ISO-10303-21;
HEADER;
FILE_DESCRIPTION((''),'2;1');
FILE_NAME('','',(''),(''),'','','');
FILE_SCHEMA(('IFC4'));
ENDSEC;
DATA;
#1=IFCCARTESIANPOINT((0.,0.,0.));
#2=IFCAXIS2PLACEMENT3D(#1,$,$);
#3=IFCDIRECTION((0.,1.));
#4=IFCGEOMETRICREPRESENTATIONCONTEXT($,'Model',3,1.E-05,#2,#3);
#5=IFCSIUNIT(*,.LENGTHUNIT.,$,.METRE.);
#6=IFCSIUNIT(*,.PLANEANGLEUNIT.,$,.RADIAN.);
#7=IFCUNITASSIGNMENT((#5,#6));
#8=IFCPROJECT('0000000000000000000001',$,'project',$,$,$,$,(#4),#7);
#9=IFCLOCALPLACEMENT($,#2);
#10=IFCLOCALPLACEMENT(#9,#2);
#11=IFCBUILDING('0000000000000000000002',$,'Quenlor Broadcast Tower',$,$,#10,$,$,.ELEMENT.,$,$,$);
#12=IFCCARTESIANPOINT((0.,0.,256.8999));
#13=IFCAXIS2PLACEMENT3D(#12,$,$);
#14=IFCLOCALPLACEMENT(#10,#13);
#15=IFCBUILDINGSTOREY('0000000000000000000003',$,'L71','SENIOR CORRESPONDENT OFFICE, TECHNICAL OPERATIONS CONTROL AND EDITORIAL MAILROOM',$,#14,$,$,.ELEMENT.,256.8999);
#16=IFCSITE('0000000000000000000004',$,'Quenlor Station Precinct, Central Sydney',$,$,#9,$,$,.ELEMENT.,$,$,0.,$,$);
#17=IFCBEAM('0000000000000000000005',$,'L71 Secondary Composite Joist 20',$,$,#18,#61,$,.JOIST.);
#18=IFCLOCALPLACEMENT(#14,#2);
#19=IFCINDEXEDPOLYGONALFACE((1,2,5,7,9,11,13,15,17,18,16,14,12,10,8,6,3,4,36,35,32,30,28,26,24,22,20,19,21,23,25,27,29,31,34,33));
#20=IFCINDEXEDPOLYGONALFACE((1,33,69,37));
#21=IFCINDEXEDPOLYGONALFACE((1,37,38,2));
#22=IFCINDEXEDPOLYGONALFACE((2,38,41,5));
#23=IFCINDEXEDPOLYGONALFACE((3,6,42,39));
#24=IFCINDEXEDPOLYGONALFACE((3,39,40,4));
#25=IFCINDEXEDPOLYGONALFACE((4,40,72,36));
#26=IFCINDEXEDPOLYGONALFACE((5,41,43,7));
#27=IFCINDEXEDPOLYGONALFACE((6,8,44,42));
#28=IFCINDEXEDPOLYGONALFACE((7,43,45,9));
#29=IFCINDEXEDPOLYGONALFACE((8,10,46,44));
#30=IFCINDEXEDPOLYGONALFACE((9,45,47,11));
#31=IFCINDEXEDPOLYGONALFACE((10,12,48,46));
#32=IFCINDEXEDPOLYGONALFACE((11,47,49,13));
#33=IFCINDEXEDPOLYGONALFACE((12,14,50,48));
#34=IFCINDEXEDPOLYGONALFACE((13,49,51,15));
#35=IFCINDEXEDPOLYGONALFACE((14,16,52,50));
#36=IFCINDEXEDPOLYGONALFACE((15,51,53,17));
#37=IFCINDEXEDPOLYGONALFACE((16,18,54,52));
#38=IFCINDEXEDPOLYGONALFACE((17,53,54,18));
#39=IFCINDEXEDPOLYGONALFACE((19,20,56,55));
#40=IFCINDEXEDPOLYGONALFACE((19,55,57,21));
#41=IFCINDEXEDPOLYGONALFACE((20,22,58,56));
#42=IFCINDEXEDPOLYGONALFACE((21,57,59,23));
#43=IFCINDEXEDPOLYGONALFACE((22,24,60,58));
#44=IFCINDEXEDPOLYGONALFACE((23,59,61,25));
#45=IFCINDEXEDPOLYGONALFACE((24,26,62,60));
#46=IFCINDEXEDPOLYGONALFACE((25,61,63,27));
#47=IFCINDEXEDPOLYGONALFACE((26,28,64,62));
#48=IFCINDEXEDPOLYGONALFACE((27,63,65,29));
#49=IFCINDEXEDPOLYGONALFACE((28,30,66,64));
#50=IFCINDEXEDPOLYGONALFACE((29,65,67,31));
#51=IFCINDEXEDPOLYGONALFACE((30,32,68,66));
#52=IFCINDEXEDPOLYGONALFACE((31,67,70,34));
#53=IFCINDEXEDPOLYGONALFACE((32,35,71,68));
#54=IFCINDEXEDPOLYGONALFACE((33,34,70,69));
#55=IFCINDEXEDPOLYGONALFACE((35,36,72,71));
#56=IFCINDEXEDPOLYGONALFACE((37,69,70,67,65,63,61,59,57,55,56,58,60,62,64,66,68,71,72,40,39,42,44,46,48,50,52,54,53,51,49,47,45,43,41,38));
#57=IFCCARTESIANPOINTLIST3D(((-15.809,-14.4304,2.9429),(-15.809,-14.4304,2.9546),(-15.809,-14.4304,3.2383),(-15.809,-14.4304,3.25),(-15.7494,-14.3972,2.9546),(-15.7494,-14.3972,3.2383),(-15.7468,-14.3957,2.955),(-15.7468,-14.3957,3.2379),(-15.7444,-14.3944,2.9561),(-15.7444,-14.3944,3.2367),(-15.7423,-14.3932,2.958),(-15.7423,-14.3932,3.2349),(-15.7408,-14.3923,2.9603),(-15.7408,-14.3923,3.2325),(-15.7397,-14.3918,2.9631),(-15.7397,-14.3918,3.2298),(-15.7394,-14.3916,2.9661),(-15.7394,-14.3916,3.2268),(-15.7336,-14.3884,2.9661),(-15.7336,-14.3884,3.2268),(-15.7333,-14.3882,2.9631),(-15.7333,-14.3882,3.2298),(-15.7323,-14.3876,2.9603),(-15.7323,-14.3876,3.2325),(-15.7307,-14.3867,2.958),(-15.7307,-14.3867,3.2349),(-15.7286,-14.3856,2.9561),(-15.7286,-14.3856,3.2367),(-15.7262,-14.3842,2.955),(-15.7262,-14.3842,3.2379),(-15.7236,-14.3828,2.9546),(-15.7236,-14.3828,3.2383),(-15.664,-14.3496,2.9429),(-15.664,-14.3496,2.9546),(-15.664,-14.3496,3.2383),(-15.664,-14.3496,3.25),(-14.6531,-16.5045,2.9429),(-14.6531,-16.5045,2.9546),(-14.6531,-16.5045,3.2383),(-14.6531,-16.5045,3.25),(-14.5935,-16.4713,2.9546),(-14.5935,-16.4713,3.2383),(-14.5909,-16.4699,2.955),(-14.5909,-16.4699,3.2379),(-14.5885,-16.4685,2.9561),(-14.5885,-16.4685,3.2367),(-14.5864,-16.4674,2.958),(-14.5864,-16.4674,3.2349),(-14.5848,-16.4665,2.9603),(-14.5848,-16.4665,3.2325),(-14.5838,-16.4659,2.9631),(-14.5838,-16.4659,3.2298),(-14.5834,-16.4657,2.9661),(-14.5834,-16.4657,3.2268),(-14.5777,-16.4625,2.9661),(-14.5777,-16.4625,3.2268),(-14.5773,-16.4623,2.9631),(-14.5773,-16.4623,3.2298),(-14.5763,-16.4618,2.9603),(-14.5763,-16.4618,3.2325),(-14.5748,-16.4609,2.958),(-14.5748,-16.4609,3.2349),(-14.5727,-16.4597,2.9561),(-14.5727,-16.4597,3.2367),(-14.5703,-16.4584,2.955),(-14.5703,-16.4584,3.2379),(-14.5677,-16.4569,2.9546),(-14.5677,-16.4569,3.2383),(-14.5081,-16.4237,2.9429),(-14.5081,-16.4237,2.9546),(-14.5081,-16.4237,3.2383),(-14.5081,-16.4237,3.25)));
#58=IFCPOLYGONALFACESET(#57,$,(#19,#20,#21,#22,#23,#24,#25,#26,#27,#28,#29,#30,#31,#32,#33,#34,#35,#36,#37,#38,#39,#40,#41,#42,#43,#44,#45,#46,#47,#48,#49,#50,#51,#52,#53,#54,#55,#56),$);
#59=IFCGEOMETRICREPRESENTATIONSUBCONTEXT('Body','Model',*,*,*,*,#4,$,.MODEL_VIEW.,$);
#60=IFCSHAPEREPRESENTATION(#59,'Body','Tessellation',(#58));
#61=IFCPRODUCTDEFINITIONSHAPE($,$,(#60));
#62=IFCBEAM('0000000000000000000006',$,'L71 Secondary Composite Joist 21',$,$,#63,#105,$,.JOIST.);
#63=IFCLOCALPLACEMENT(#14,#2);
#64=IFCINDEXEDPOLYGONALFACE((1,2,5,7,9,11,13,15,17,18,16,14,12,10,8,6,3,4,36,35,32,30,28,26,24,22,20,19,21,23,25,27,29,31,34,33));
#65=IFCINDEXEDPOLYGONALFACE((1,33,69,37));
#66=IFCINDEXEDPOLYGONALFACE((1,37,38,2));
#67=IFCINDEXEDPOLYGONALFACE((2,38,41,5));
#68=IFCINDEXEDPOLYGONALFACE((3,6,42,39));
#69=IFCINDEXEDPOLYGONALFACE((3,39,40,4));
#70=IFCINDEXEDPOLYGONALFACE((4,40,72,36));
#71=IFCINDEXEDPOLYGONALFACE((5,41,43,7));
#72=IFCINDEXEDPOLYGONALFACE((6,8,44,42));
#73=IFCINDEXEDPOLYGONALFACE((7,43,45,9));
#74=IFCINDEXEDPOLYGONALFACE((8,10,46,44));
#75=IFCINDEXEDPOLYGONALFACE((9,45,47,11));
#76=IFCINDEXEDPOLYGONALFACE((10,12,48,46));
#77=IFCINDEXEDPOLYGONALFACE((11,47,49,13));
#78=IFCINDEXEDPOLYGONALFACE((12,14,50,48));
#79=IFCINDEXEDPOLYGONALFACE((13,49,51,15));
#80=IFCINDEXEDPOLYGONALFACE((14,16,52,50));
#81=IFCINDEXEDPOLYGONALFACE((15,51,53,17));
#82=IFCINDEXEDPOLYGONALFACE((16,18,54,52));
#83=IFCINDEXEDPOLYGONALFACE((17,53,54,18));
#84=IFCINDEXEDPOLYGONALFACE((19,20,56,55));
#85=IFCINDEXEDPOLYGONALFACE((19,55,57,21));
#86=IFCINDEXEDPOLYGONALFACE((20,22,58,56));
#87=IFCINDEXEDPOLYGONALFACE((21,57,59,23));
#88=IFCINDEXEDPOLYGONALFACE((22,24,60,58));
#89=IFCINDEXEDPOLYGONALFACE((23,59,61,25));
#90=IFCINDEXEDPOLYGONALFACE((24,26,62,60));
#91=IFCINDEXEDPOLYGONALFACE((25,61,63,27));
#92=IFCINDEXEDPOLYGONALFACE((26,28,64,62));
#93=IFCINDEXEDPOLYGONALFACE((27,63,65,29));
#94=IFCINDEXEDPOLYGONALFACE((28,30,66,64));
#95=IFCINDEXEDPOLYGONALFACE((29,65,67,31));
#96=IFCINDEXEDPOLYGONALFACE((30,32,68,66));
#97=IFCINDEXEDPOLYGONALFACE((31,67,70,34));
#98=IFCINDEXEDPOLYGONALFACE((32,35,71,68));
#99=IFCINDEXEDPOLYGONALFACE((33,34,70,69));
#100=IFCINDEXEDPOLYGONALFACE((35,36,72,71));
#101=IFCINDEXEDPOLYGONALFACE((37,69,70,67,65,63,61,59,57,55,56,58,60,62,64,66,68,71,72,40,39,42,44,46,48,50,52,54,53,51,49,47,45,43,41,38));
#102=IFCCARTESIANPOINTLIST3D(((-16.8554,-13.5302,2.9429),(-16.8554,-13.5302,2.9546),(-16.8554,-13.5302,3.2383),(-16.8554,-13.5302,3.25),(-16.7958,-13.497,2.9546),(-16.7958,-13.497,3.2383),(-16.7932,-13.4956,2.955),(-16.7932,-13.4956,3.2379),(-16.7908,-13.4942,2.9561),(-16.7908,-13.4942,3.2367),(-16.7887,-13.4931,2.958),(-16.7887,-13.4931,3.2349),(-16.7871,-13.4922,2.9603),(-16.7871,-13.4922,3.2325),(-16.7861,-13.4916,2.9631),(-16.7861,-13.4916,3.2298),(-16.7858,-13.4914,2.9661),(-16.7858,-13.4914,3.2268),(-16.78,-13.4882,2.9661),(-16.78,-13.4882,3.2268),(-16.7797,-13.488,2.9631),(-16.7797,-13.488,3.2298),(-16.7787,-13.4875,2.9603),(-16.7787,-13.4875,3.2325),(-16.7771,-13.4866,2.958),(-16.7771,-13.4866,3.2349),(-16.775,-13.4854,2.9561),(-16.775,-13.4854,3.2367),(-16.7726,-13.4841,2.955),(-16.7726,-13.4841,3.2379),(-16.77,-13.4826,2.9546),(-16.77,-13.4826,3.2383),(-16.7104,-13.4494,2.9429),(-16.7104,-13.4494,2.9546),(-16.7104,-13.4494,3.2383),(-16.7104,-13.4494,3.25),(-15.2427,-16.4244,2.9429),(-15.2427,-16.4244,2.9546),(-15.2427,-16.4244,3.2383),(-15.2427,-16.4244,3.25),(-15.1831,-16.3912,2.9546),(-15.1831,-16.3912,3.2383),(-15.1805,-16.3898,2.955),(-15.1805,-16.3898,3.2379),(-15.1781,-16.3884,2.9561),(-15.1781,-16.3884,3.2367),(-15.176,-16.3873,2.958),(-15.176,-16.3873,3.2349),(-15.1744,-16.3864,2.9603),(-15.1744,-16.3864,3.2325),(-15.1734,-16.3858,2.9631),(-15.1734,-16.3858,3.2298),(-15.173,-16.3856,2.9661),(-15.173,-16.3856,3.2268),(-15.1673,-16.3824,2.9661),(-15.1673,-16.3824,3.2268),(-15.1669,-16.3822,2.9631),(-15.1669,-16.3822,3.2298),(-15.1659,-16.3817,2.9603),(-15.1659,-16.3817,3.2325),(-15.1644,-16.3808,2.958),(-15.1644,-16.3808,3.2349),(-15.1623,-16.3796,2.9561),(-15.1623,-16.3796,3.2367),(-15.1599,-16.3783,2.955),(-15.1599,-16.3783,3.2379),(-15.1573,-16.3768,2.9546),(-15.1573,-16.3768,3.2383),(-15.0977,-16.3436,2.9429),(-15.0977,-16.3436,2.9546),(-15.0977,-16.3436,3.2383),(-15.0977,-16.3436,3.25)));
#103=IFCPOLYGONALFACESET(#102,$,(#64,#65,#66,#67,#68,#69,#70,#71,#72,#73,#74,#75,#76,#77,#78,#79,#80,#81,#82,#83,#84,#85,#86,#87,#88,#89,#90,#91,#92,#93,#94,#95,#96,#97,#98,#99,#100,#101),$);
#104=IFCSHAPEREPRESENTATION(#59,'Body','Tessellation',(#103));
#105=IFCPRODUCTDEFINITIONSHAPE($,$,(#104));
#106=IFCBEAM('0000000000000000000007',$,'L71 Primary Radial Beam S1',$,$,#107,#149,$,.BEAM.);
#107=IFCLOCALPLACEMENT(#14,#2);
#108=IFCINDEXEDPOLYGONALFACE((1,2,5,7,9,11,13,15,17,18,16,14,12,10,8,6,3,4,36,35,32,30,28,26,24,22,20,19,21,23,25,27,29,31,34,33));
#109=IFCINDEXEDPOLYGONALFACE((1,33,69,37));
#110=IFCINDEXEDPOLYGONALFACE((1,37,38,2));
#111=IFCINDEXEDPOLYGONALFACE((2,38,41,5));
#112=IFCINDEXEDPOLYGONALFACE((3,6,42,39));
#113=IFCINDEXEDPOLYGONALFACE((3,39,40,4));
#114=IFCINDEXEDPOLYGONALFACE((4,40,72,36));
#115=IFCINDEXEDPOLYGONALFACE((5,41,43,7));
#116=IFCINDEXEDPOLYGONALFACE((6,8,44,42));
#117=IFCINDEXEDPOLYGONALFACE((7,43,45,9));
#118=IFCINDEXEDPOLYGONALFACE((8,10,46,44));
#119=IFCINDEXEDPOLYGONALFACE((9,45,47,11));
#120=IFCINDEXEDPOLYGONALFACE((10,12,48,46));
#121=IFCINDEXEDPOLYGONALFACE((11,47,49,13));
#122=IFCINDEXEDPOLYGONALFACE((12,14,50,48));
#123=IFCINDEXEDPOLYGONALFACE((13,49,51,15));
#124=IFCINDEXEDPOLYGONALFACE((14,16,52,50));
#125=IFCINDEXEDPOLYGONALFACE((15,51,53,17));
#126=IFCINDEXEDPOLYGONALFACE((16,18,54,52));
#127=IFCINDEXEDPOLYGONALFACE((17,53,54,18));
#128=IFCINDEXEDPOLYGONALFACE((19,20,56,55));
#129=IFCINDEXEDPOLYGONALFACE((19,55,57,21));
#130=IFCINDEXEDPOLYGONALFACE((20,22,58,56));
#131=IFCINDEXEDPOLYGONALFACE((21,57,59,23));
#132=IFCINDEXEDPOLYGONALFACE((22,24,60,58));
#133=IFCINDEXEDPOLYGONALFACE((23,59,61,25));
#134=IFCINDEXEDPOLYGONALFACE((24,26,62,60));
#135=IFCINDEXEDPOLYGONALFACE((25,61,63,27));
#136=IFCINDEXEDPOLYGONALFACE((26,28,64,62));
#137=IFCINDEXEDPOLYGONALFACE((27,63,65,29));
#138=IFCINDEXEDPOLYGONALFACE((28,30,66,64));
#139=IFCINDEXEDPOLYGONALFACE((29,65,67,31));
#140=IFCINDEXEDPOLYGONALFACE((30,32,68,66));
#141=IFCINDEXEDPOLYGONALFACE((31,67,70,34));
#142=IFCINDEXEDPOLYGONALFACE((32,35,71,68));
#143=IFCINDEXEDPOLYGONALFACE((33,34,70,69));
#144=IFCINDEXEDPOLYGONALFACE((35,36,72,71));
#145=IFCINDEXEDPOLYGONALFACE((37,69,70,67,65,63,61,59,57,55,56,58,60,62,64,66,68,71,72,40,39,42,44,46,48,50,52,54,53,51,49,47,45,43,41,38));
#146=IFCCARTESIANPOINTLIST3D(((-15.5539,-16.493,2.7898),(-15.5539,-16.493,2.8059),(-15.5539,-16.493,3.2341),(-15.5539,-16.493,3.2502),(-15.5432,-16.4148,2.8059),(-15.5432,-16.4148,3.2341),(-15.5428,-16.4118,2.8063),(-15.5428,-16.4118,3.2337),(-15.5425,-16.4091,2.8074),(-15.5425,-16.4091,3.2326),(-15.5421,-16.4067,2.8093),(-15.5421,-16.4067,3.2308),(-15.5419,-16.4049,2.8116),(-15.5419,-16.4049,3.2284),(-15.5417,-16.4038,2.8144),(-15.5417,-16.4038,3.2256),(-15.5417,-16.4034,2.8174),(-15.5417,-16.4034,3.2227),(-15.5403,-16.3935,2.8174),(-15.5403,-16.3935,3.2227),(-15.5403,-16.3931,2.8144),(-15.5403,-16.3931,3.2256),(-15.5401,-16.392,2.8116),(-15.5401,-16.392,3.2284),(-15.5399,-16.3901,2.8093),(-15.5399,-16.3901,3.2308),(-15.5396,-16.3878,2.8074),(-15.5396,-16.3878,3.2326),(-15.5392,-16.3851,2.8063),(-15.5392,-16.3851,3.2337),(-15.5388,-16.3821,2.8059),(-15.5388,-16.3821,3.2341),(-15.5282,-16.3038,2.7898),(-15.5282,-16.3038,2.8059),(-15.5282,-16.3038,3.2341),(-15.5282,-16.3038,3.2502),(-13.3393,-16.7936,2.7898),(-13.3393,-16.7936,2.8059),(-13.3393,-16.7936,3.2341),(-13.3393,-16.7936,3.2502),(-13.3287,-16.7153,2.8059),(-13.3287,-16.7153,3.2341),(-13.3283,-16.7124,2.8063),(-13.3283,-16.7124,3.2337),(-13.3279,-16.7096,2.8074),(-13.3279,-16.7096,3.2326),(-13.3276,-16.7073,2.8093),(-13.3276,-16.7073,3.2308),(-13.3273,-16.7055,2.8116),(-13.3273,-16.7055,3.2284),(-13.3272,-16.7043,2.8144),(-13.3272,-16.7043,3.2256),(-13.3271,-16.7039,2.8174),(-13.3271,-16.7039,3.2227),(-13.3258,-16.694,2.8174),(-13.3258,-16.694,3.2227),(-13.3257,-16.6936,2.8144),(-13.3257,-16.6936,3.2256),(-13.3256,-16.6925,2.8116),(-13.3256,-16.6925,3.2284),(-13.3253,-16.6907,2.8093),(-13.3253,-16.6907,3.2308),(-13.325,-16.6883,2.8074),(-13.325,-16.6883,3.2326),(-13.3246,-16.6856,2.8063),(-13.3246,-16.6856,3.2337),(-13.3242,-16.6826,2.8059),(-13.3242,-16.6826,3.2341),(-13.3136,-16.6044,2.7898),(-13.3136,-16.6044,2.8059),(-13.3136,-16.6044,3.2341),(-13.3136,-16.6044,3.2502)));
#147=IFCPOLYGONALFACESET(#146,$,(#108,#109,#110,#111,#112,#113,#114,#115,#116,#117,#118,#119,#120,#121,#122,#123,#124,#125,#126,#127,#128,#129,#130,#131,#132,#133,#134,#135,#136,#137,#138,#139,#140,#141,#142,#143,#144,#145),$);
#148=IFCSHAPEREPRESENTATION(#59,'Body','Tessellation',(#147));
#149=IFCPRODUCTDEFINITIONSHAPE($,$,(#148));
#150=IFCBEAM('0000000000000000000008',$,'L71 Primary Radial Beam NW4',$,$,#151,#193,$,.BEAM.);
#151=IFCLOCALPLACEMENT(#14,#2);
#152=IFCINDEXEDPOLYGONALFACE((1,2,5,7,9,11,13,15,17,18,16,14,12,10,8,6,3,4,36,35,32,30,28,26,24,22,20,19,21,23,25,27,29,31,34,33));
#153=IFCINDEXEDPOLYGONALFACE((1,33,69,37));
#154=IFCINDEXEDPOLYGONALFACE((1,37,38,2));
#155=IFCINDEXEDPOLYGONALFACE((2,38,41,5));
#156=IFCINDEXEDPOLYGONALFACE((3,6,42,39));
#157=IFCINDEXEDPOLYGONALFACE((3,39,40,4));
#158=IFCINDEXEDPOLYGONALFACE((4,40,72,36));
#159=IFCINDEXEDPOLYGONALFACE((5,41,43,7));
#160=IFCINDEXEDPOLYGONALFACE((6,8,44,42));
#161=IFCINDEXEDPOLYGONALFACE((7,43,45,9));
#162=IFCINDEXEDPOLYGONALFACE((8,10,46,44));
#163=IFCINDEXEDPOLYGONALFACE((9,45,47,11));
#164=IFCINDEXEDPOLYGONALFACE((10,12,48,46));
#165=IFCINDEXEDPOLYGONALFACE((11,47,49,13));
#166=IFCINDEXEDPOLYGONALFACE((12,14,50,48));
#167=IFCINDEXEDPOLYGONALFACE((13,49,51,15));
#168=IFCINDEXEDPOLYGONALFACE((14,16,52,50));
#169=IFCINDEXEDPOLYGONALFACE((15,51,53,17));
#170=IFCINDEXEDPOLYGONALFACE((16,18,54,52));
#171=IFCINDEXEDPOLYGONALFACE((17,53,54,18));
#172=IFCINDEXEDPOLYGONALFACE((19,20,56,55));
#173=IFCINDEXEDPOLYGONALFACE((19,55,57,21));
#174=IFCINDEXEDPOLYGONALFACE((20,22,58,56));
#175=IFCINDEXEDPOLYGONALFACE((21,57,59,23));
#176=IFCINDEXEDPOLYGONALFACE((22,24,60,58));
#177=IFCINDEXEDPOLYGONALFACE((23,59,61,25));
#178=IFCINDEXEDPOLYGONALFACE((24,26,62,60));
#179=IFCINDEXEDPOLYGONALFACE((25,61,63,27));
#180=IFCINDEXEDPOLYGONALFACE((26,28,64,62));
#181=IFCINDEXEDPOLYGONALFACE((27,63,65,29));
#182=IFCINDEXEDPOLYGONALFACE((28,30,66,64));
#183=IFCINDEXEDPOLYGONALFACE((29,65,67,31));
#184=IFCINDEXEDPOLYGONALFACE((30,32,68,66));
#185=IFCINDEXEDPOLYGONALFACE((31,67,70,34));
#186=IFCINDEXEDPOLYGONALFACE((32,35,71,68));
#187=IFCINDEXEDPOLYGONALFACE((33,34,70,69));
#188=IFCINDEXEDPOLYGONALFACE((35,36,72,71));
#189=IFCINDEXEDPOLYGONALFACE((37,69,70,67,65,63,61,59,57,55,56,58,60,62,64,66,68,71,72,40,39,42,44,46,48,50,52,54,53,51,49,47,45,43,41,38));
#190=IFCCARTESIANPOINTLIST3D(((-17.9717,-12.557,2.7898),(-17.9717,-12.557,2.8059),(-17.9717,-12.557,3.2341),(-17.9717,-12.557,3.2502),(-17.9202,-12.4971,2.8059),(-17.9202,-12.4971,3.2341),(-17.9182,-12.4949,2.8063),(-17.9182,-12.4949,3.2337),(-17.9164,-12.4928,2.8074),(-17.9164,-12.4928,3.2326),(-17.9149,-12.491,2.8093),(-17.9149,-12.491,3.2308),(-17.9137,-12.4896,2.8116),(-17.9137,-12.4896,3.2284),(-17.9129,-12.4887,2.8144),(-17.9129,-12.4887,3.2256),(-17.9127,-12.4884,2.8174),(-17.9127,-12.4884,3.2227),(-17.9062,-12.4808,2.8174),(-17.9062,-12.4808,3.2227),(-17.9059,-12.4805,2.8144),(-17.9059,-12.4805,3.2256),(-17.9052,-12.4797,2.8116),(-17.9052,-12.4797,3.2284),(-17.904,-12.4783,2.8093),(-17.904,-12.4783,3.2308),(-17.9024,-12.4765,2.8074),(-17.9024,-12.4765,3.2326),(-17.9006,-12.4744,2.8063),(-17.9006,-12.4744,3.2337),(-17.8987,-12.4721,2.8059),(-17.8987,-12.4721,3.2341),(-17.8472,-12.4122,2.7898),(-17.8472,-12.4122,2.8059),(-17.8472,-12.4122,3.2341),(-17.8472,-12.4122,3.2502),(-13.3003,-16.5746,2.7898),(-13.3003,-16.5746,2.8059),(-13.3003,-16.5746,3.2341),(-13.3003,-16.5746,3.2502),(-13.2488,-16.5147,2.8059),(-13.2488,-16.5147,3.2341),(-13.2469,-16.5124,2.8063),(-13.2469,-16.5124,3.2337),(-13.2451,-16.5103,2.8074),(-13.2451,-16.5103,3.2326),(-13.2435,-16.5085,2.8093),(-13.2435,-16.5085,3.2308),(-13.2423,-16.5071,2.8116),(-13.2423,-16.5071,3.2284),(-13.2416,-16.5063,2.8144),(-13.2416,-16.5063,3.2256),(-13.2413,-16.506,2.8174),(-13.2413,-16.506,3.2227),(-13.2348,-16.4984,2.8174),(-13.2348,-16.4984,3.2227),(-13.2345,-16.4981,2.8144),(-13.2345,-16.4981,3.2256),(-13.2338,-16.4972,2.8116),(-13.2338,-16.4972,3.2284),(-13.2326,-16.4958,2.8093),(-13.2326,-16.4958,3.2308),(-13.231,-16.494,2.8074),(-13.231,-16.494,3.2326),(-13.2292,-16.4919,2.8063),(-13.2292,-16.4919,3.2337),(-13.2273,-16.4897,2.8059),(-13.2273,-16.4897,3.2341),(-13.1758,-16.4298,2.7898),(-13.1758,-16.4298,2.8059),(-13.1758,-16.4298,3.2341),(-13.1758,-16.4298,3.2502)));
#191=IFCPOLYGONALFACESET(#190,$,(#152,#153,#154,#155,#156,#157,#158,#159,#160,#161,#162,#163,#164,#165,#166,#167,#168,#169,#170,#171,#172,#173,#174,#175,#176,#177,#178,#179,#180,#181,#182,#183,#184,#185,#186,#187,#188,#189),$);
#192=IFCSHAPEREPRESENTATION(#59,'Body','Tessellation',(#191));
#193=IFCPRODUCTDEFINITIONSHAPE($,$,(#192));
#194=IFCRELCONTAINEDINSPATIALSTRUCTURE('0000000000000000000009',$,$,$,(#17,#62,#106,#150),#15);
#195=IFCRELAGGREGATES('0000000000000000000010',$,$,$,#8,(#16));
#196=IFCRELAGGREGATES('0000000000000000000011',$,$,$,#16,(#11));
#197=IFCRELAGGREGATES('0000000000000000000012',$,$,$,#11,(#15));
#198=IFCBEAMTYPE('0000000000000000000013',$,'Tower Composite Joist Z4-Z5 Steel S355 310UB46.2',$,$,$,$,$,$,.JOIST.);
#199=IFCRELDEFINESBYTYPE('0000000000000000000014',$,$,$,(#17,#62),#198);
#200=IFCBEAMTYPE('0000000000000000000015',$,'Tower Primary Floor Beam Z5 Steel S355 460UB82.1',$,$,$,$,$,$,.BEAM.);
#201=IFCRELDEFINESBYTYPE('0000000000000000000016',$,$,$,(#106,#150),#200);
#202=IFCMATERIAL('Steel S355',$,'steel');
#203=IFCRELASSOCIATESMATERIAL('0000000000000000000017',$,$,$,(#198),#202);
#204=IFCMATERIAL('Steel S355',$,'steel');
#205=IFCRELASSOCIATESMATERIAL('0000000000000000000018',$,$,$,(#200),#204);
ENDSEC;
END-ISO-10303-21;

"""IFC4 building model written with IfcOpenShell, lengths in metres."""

from ifc_helpers import new_model, si_unit, direction, frame, origin, origin_2d, place, context, subcontext, project, spatial, i_section, extrude, material, material_profile, profile_set, type_object, element, save


model = new_model("IFC4")

# Units and contexts
model_context = context("Model", 3, precision=1e-05, world=origin(), true_north=direction((0.0, 1.0)))
body_context = subcontext(model_context, "Body", "Model", "MODEL_VIEW")
ifc_project = project(units=[si_unit("LENGTHUNIT", "METRE"), si_unit("PLANEANGLEUNIT", "RADIAN")], contexts=[model_context])

# Site, building, storey
site_placement = place(None, origin())
site = spatial("IfcSite", under=ifc_project, at=site_placement, Name="Quenlor Station Precinct, Central Sydney", CompositionType="ELEMENT", RefElevation=0.0)
building_placement = place(site_placement, origin())
building = spatial("IfcBuilding", under=site, at=building_placement, Name="Quenlor Broadcast Tower", CompositionType="ELEMENT")
storey_placement = place(building_placement, frame((0.0, 0.0, 256.8999)))
storey = spatial("IfcBuildingStorey", under=building, at=storey_placement, Name="L71", Description="SENIOR CORRESPONDENT OFFICE, TECHNICAL OPERATIONS CONTROL AND EDITORIAL MAILROOM", CompositionType="ELEMENT", Elevation=256.8999)

# Beams
ifc_material_1 = material(Name="Steel S355", Category="steel")
ifc_material_profile_1 = material_profile(ifc_material_1, i_section(OverallWidth=0.166, OverallDepth=0.3071, WebThickness=0.0066, FlangeThickness=0.0117, FilletRadius=0.0115, at=origin_2d()))
ifc_profile_set_1 = profile_set([ifc_material_profile_1], Name="Steel S355 310UB46.2")
beam_type_1 = type_object("IfcBeamType", Name="Tower Composite Joist Z4-Z5 Steel S355 310UB46.2", PredefinedType="JOIST", material=ifc_profile_set_1)
beam_1_placement = place(storey_placement, frame((-14.5806, -16.4641, 3.0964), z_axis=(-0.486821, 0.873502, 0.0), x_axis=(-0.873502, -0.486821, 0.0)))
element("IfcBeam", 1, at=beam_1_placement, inside=storey, type_object=beam_type_1, Name="L71 Secondary Composite Joist 20", PredefinedType="JOIST", context=body_context, shape_type="SweptSolid", body=[
    extrude(i_section(OverallWidth=0.166, OverallDepth=0.3071, WebThickness=0.0066, FlangeThickness=0.0117, FilletRadius=0.0115, at=origin_2d()), origin(), (0.0, 0.0, 1.0), 2.3745),
])
beam_2_placement = place(storey_placement, frame((-15.1702, -16.384, 3.0964), z_axis=(-0.486762, 0.873534, 0.0), x_axis=(-0.873534, -0.486762, 0.0)))
element("IfcBeam", 2, at=beam_2_placement, inside=storey, type_object=beam_type_1, Name="L71 Secondary Composite Joist 21", PredefinedType="JOIST", context=body_context, shape_type="SweptSolid", body=[
    extrude(i_section(OverallWidth=0.166, OverallDepth=0.3071, WebThickness=0.0066, FlangeThickness=0.0117, FilletRadius=0.0115, at=origin_2d()), origin(), (0.0, 0.0, 1.0), 3.3132),
])
ifc_material_2 = material(Name="Steel S355", Category="steel")
ifc_material_profile_2 = material_profile(ifc_material_2, i_section(OverallWidth=0.1909, OverallDepth=0.4604, WebThickness=0.01, FlangeThickness=0.0161, FilletRadius=0.0115, at=origin_2d()))
ifc_profile_set_2 = profile_set([ifc_material_profile_2], Name="Steel S355 460UB82.1")
beam_type_2 = type_object("IfcBeamType", Name="Tower Primary Floor Beam Z5 Steel S355 460UB82.1", PredefinedType="BEAM", material=ifc_profile_set_2)
beam_3_placement = place(storey_placement, frame((-15.541, -16.3984, 3.02), z_axis=(0.990917, -0.134475, 0.0), x_axis=(0.134475, 0.990917, 0.0)))
element("IfcBeam", 3, at=beam_3_placement, inside=storey, type_object=beam_type_2, Name="L71 Primary Radial Beam S1", PredefinedType="BEAM", context=body_context, shape_type="SweptSolid", body=[
    extrude(i_section(OverallWidth=0.1909, OverallDepth=0.4604, WebThickness=0.01, FlangeThickness=0.0161, FilletRadius=0.0115, at=origin_2d()), origin(), (0.0, 0.0, 1.0), 2.2349),
])
beam_4_placement = place(storey_placement, frame((-17.9094, -12.4846, 3.02), z_axis=(0.75817, -0.652057, 0.0), x_axis=(0.652057, 0.75817, 0.0)))
element("IfcBeam", 4, at=beam_4_placement, inside=storey, type_object=beam_type_2, Name="L71 Primary Radial Beam NW4", PredefinedType="BEAM", context=body_context, shape_type="SweptSolid", body=[
    extrude(i_section(OverallWidth=0.1909, OverallDepth=0.4604, WebThickness=0.01, FlangeThickness=0.0161, FilletRadius=0.0115, at=origin_2d()), origin(), (0.0, 0.0, 1.0), 6.1614),
])

save(model, "model.ifc")
